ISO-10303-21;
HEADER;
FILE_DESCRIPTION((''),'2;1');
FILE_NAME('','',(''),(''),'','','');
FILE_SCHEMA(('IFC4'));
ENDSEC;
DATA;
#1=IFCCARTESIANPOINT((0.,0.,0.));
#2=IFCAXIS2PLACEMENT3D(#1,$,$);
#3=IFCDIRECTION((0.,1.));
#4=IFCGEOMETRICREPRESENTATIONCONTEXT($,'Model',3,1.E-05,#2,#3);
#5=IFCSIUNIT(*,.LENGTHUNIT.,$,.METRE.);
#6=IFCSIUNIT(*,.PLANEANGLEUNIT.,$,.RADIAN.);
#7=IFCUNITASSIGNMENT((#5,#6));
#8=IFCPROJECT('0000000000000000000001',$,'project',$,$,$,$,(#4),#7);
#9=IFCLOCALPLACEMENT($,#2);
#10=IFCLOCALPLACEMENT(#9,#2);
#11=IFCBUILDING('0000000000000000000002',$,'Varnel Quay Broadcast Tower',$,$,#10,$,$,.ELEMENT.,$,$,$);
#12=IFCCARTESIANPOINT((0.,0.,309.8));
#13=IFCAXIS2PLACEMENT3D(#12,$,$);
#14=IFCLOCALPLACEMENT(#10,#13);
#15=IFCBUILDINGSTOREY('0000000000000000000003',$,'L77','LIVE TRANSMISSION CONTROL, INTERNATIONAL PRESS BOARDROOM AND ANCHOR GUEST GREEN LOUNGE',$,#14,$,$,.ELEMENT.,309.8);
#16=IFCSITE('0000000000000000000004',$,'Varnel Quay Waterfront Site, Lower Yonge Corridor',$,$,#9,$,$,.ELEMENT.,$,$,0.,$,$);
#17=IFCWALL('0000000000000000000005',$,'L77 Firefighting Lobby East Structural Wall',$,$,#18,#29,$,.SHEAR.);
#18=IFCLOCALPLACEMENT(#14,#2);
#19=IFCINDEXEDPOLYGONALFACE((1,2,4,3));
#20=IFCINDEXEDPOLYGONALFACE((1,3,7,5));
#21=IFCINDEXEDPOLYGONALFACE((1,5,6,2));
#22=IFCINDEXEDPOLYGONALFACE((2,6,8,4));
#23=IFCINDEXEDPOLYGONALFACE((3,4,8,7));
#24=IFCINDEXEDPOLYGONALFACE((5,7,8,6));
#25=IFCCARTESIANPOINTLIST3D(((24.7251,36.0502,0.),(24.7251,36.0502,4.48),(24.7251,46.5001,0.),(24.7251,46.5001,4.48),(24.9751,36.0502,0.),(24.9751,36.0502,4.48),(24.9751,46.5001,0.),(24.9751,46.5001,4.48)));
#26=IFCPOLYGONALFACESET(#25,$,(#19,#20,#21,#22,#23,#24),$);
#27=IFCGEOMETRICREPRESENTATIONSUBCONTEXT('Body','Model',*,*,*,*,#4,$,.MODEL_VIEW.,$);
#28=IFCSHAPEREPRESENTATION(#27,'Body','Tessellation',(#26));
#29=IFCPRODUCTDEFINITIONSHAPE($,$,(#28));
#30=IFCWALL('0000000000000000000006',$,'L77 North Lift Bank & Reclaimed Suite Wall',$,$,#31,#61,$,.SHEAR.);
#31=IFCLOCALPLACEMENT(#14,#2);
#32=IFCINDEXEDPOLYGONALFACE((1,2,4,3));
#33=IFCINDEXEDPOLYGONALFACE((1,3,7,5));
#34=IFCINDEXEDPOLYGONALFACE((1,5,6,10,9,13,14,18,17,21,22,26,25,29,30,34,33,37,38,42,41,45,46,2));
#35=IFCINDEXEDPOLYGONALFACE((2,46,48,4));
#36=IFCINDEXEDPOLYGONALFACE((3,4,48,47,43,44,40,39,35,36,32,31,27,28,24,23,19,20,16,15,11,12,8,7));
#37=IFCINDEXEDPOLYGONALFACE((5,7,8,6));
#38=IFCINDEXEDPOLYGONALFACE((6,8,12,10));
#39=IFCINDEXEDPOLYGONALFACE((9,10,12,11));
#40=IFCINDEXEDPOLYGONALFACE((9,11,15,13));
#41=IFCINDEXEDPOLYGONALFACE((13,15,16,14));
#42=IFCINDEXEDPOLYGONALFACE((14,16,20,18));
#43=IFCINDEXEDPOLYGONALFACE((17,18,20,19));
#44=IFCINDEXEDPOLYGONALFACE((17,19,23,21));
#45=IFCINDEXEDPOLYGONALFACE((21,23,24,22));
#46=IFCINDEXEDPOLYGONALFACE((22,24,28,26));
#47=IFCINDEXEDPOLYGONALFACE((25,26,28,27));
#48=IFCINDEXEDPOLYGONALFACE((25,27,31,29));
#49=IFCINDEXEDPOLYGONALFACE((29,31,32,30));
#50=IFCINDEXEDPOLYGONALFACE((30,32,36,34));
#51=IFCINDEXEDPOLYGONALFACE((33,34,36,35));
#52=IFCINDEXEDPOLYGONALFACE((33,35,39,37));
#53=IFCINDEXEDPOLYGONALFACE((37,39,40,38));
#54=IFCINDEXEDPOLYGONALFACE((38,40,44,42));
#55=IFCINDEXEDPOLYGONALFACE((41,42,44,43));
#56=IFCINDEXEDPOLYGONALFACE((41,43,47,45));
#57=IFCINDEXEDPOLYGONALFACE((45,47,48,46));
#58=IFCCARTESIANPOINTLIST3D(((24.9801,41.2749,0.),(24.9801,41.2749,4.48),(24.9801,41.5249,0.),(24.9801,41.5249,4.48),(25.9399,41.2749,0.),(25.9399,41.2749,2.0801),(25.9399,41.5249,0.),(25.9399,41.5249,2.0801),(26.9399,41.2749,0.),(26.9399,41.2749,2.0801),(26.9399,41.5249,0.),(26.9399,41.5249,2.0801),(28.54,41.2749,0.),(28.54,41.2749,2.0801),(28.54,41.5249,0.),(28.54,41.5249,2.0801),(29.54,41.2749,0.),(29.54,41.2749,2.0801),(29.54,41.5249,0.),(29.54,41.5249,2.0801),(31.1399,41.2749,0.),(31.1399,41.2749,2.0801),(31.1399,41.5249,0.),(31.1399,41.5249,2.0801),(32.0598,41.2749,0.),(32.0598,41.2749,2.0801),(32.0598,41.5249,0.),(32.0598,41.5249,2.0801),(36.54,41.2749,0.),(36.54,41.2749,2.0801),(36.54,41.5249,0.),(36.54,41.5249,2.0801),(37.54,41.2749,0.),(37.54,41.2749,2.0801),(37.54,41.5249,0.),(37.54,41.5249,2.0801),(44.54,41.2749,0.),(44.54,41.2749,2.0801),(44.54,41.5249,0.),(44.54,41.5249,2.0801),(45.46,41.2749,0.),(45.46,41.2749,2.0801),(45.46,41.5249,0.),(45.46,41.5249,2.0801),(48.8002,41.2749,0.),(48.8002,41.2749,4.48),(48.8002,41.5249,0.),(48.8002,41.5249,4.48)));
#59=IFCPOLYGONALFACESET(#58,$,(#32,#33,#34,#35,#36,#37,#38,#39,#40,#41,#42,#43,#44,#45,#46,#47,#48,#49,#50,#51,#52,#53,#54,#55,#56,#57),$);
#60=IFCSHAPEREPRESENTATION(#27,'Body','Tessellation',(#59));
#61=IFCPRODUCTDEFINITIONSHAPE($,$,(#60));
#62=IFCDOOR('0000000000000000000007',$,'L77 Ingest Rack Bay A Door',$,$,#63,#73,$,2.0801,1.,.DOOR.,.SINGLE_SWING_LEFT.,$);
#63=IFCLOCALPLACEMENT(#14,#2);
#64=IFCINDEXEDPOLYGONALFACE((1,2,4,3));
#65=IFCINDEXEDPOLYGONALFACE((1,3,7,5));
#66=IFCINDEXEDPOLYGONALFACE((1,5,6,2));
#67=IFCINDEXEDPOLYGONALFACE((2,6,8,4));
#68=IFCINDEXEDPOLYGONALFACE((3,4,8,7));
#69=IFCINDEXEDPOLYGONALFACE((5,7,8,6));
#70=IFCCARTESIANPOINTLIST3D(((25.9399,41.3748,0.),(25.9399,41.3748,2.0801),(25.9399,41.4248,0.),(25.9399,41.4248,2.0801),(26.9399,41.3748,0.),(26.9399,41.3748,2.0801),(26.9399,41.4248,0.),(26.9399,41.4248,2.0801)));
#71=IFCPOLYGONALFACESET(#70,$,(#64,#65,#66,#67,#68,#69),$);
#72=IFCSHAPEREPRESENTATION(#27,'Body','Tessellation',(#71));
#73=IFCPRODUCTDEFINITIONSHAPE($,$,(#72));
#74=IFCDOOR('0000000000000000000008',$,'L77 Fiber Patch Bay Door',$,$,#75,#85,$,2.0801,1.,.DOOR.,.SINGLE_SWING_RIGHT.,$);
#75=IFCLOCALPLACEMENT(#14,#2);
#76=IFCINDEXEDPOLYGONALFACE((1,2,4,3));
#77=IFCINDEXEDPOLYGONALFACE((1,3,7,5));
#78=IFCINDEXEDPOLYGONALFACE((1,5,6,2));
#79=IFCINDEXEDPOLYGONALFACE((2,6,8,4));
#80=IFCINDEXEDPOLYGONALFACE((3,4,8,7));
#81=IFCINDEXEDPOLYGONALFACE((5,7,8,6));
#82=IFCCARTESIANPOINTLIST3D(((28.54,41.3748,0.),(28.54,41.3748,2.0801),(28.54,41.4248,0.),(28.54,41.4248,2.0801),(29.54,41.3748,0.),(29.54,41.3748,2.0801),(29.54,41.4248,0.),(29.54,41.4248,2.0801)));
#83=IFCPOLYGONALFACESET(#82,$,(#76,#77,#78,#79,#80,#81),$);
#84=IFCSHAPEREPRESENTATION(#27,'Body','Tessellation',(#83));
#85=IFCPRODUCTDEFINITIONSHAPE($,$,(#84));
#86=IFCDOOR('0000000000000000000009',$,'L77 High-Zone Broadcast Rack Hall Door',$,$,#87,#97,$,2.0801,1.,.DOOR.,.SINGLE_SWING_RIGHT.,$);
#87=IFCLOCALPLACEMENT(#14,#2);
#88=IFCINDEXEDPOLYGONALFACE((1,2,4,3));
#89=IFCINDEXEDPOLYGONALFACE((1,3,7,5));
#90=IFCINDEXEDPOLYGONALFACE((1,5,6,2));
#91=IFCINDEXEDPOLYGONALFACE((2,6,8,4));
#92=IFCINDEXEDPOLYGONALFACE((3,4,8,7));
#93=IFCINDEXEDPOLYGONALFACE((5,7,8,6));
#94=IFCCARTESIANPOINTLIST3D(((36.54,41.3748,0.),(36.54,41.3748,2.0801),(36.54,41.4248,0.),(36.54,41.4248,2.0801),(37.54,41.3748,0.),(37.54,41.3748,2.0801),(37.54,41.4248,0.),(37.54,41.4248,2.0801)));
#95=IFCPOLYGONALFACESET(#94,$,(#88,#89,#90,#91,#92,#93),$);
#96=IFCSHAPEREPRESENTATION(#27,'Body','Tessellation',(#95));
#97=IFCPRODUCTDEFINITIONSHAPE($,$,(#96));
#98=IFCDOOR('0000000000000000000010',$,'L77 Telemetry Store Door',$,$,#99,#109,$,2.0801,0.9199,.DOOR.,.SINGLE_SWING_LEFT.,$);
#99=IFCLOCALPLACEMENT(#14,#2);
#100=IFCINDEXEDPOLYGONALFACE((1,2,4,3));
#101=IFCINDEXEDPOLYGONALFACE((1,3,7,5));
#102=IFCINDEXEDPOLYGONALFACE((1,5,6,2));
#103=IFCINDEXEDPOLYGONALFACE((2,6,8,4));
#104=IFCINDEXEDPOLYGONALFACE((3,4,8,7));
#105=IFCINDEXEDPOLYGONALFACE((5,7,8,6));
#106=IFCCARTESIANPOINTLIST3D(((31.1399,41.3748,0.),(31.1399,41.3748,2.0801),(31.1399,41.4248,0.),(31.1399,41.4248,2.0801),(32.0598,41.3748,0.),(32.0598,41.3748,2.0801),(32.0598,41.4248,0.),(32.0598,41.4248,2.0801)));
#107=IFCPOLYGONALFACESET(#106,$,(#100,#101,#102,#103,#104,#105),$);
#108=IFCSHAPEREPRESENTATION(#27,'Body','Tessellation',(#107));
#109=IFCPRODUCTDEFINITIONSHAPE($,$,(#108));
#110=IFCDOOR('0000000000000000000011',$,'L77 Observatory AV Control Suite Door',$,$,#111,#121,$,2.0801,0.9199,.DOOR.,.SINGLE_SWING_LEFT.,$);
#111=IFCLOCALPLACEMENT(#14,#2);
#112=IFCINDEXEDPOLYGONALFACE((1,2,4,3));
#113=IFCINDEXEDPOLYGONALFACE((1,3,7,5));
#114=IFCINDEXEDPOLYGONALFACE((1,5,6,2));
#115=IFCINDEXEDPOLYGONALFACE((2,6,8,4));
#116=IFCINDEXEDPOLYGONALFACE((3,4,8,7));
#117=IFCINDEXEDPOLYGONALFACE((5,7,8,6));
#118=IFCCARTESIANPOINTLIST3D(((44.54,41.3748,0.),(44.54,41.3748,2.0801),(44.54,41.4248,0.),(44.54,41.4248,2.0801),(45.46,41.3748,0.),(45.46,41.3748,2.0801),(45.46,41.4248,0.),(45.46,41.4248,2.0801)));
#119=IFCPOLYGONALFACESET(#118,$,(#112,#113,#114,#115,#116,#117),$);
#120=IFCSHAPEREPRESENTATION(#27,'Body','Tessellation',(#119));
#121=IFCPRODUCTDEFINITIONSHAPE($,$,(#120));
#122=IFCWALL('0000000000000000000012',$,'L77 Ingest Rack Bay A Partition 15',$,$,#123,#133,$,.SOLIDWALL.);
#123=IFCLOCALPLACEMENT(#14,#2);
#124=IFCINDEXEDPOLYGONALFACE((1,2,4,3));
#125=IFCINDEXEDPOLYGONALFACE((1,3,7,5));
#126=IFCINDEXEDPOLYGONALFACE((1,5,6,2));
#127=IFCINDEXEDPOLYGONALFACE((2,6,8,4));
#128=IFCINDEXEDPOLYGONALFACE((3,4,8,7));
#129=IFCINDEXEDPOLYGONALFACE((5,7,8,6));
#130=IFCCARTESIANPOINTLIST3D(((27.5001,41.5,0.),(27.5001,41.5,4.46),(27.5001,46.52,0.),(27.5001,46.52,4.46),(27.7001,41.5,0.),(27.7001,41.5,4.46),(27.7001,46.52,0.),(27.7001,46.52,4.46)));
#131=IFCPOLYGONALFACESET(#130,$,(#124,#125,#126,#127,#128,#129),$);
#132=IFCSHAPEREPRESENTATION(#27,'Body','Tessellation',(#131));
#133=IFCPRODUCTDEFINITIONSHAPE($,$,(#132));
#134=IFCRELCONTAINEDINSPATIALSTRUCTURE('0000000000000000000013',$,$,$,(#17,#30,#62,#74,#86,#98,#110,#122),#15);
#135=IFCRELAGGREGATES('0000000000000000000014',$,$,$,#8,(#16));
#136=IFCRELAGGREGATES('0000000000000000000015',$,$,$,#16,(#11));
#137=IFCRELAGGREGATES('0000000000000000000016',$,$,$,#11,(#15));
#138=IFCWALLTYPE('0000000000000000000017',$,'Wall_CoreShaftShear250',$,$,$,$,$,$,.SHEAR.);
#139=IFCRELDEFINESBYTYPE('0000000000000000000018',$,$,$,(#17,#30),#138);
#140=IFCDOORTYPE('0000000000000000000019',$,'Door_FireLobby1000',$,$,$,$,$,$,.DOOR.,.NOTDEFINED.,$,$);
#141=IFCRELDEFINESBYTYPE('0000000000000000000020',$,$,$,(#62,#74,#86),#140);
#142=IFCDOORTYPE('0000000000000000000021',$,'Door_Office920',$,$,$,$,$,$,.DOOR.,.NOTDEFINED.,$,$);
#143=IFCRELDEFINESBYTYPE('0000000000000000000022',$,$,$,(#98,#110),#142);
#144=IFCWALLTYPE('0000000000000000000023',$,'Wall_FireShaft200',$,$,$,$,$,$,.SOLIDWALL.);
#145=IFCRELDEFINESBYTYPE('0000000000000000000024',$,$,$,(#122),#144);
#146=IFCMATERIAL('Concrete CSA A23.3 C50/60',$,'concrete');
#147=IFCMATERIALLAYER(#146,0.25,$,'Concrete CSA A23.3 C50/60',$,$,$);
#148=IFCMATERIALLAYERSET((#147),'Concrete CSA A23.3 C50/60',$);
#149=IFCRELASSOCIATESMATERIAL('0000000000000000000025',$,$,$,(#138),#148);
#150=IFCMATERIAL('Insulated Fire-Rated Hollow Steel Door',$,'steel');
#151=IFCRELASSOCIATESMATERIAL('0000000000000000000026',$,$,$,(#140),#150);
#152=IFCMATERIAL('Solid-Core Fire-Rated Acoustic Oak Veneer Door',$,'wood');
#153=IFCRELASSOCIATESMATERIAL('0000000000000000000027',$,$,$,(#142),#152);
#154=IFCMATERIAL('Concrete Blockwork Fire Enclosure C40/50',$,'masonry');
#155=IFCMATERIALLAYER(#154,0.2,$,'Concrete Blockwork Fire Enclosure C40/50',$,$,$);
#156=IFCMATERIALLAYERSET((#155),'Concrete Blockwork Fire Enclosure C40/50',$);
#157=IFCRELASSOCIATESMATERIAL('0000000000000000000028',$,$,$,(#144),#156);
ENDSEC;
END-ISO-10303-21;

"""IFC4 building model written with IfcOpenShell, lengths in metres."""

from ifc_helpers import new_model, si_unit, direction, frame, frame_2d, origin, place, context, subcontext, project, spatial, rectangle, extrude, source, transform, mapped, material, layer, layer_set, type_object, type_shapes, element, fill, save


model = new_model("IFC4")

# Units and contexts
model_context = context("Model", 3, precision=1e-05, world=origin(), true_north=direction((0.0, 1.0)))
body_context = subcontext(model_context, "Body", "Model", "MODEL_VIEW")
ifc_project = project(units=[si_unit("LENGTHUNIT", "METRE"), si_unit("PLANEANGLEUNIT", "RADIAN")], contexts=[model_context])

# Site, building, storey
site_placement = place(None, origin())
site = spatial("IfcSite", under=ifc_project, at=site_placement, Name="Varnel Quay Waterfront Site, Lower Yonge Corridor", CompositionType="ELEMENT", RefElevation=0.0)
building_placement = place(site_placement, origin())
building = spatial("IfcBuilding", under=site, at=building_placement, Name="Varnel Quay Broadcast Tower", CompositionType="ELEMENT")
storey_placement = place(building_placement, frame((0.0, 0.0, 309.8)))
storey = spatial("IfcBuildingStorey", under=building, at=storey_placement, Name="L77", Description="LIVE TRANSMISSION CONTROL, INTERNATIONAL PRESS BOARDROOM AND ANCHOR GUEST GREEN LOUNGE", CompositionType="ELEMENT", Elevation=309.8)

# Shared definitions
ifc_material_1 = material(Name="Concrete CSA A23.3 C50/60", Category="concrete")
ifc_material_2 = material(Name="Insulated Fire-Rated Hollow Steel Door", Category="steel")

# Wall
ifc_layer_1 = layer(ifc_material_1, 0.25, Name="Concrete CSA A23.3 C50/60")
ifc_layer_set_1 = layer_set([ifc_layer_1], Name="Concrete CSA A23.3 C50/60")
wall_type_1 = type_object("IfcWallType", Name="Wall_CoreShaftShear250", PredefinedType="SHEAR", material=ifc_layer_set_1)
wall_1_placement = place(storey_placement, frame((24.8501, 36.05, 0.0), z_axis=(0.0, 0.0, 1.0), x_axis=(0.0, 1.0, 0.0)))
element("IfcWall", 1, at=wall_1_placement, inside=storey, type_object=wall_type_1, Name="L77 Firefighting Lobby East Structural Wall", PredefinedType="SHEAR", context=body_context, shape_type="SweptSolid", body=[
    extrude(rectangle(XDim=10.45, YDim=0.25, at=frame_2d((5.2251, 0.0))), origin(), (0.0, 0.0, 1.0), 4.48),
])

# Wall, openings, doors
wall_2_placement = place(storey_placement, frame((24.98, 41.3999, 0.0), z_axis=(0.0, 0.0, 1.0), x_axis=(1.0, 0.0, 0.0)))
wall_2 = element("IfcWall", 2, at=wall_2_placement, inside=storey, type_object=wall_type_1, Name="L77 North Lift Bank & Reclaimed Suite Wall", PredefinedType="SHEAR", context=body_context, shape_type="SweptSolid", body=[
    extrude(rectangle(XDim=23.8201, YDim=0.25, at=frame_2d((11.9102, 0.0))), origin(), (0.0, 0.0, 1.0), 4.48),
])
opening_1_placement = place(wall_2_placement, frame((0.96, 0.0, 0.0)))
opening_1 = element("IfcOpeningElement", 3, at=opening_1_placement, cuts=wall_2, PredefinedType="OPENING", context=body_context, shape_type="SweptSolid", body=[
    extrude(rectangle(XDim=1.0, YDim=2.0801, at=frame_2d((0.5, 1.04))), frame((0.0, 0.135, 0.0), z_axis=(0.0, -1.0, 0.0), x_axis=(1.0, 0.0, 0.0)), (0.0, 0.0, 1.0), 0.27),
])
opening_2_placement = place(wall_2_placement, frame((3.5601, 0.0, 0.0)))
opening_2 = element("IfcOpeningElement", 4, at=opening_2_placement, cuts=wall_2, PredefinedType="OPENING", context=body_context, shape_type="SweptSolid", body=[
    extrude(rectangle(XDim=1.0, YDim=2.0801, at=frame_2d((0.5, 1.04))), frame((0.0, 0.135, 0.0), z_axis=(0.0, -1.0, 0.0), x_axis=(1.0, 0.0, 0.0)), (0.0, 0.0, 1.0), 0.27),
])
opening_3_placement = place(wall_2_placement, frame((6.1599, 0.0, 0.0)))
opening_3 = element("IfcOpeningElement", 5, at=opening_3_placement, cuts=wall_2, PredefinedType="OPENING", context=body_context, shape_type="SweptSolid", body=[
    extrude(rectangle(XDim=0.9199, YDim=2.0801, at=frame_2d((0.46, 1.04))), frame((0.0, 0.135, 0.0), z_axis=(0.0, -1.0, 0.0), x_axis=(1.0, 0.0, 0.0)), (0.0, 0.0, 1.0), 0.27),
])
opening_4_placement = place(wall_2_placement, frame((11.5601, 0.0, 0.0)))
opening_4 = element("IfcOpeningElement", 6, at=opening_4_placement, cuts=wall_2, PredefinedType="OPENING", context=body_context, shape_type="SweptSolid", body=[
    extrude(rectangle(XDim=1.0, YDim=2.0801, at=frame_2d((0.5, 1.04))), frame((0.0, 0.135, 0.0), z_axis=(0.0, -1.0, 0.0), x_axis=(1.0, 0.0, 0.0)), (0.0, 0.0, 1.0), 0.27),
])
opening_5_placement = place(wall_2_placement, frame((19.5601, 0.0, 0.0)))
opening_5 = element("IfcOpeningElement", 7, at=opening_5_placement, cuts=wall_2, PredefinedType="OPENING", context=body_context, shape_type="SweptSolid", body=[
    extrude(rectangle(XDim=0.9199, YDim=2.0801, at=frame_2d((0.46, 1.04))), frame((0.0, 0.135, 0.0), z_axis=(0.0, -1.0, 0.0), x_axis=(1.0, 0.0, 0.0)), (0.0, 0.0, 1.0), 0.27),
])
door_type_1 = type_object("IfcDoorType", Name="Door_FireLobby1000", OperationType="NOTDEFINED", PredefinedType="DOOR", material=ifc_material_2)
shared_shape_1 = source(origin(), body_context, "Body", "SweptSolid", [
    extrude(rectangle(XDim=1.0, YDim=2.0801, at=frame_2d((0.5, 1.04))), frame((0.0, 0.0249, 0.0), z_axis=(0.0, -1.0, 0.0), x_axis=(1.0, 0.0, 0.0)), (0.0, 0.0, 1.0), 0.05),
])
type_shapes(door_type_1, [shared_shape_1])
door_1_placement = place(opening_1_placement, origin())
door_1 = element("IfcDoor", 8, at=door_1_placement, inside=storey, type_object=door_type_1, Name="L77 Ingest Rack Bay A Door", OperationType="SINGLE_SWING_LEFT", OverallHeight=2.0801, OverallWidth=1.0, PredefinedType="DOOR", context=body_context, shape_type="MappedRepresentation", body=[
    mapped(shared_shape_1, transform((0.0, 0.0, 0.0), x_axis=(1.0, 0.0, 0.0), y_axis=(0.0, 1.0, 0.0), z_axis=(0.0, 0.0, 1.0), scale=1.0)),
])
fill(opening_1, door_1)
door_2_placement = place(opening_2_placement, origin())
door_2 = element("IfcDoor", 9, at=door_2_placement, inside=storey, type_object=door_type_1, Name="L77 Fiber Patch Bay Door", OperationType="SINGLE_SWING_RIGHT", OverallHeight=2.0801, OverallWidth=1.0, PredefinedType="DOOR", context=body_context, shape_type="MappedRepresentation", body=[
    mapped(shared_shape_1, transform((0.0, 0.0, 0.0), x_axis=(1.0, 0.0, 0.0), y_axis=(0.0, 1.0, 0.0), z_axis=(0.0, 0.0, 1.0), scale=1.0)),
])
fill(opening_2, door_2)
door_3_placement = place(opening_4_placement, origin())
door_3 = element("IfcDoor", 10, at=door_3_placement, inside=storey, type_object=door_type_1, Name="L77 High-Zone Broadcast Rack Hall Door", OperationType="SINGLE_SWING_RIGHT", OverallHeight=2.0801, OverallWidth=1.0, PredefinedType="DOOR", context=body_context, shape_type="MappedRepresentation", body=[
    mapped(shared_shape_1, transform((0.0, 0.0, 0.0), x_axis=(1.0, 0.0, 0.0), y_axis=(0.0, 1.0, 0.0), z_axis=(0.0, 0.0, 1.0), scale=1.0)),
])
fill(opening_4, door_3)
ifc_material_3 = material(Name="Solid-Core Fire-Rated Acoustic Oak Veneer Door", Category="wood")
door_type_2 = type_object("IfcDoorType", Name="Door_Office920", OperationType="NOTDEFINED", PredefinedType="DOOR", material=ifc_material_3)
shared_shape_2 = source(origin(), body_context, "Body", "SweptSolid", [
    extrude(rectangle(XDim=0.9199, YDim=2.0801, at=frame_2d((0.46, 1.04))), frame((0.0, 0.0249, 0.0), z_axis=(0.0, -1.0, 0.0), x_axis=(1.0, 0.0, 0.0)), (0.0, 0.0, 1.0), 0.05),
])
type_shapes(door_type_2, [shared_shape_2])
door_4_placement = place(opening_3_placement, origin())
door_4 = element("IfcDoor", 11, at=door_4_placement, inside=storey, type_object=door_type_2, Name="L77 Telemetry Store Door", OperationType="SINGLE_SWING_LEFT", OverallHeight=2.0801, OverallWidth=0.9199, PredefinedType="DOOR", context=body_context, shape_type="MappedRepresentation", body=[
    mapped(shared_shape_2, transform((0.0, 0.0, 0.0), x_axis=(1.0, 0.0, 0.0), y_axis=(0.0, 1.0, 0.0), z_axis=(0.0, 0.0, 1.0), scale=1.0)),
])
fill(opening_3, door_4)
door_5_placement = place(opening_5_placement, origin())
door_5 = element("IfcDoor", 12, at=door_5_placement, inside=storey, type_object=door_type_2, Name="L77 Observatory AV Control Suite Door", OperationType="SINGLE_SWING_LEFT", OverallHeight=2.0801, OverallWidth=0.9199, PredefinedType="DOOR", context=body_context, shape_type="MappedRepresentation", body=[
    mapped(shared_shape_2, transform((0.0, 0.0, 0.0), x_axis=(1.0, 0.0, 0.0), y_axis=(0.0, 1.0, 0.0), z_axis=(0.0, 0.0, 1.0), scale=1.0)),
])
fill(opening_5, door_5)

# Wall
ifc_material_4 = material(Name="Concrete Blockwork Fire Enclosure C40/50", Category="masonry")
ifc_layer_2 = layer(ifc_material_4, 0.2, Name="Concrete Blockwork Fire Enclosure C40/50")
ifc_layer_set_2 = layer_set([ifc_layer_2], Name="Concrete Blockwork Fire Enclosure C40/50")
wall_type_2 = type_object("IfcWallType", Name="Wall_FireShaft200", PredefinedType="SOLIDWALL", material=ifc_layer_set_2)
wall_3_placement = place(storey_placement, frame((27.6001, 41.5, 0.0), z_axis=(0.0, 0.0, 1.0), x_axis=(0.0, 1.0, 0.0)))
element("IfcWall", 13, at=wall_3_placement, inside=storey, type_object=wall_type_2, Name="L77 Ingest Rack Bay A Partition 15", PredefinedType="SOLIDWALL", context=body_context, shape_type="SweptSolid", body=[
    extrude(rectangle(XDim=5.02, YDim=0.2, at=frame_2d((2.51, 0.0))), origin(), (0.0, 0.0, 1.0), 4.46),
])

save(model, "model.ifc")
